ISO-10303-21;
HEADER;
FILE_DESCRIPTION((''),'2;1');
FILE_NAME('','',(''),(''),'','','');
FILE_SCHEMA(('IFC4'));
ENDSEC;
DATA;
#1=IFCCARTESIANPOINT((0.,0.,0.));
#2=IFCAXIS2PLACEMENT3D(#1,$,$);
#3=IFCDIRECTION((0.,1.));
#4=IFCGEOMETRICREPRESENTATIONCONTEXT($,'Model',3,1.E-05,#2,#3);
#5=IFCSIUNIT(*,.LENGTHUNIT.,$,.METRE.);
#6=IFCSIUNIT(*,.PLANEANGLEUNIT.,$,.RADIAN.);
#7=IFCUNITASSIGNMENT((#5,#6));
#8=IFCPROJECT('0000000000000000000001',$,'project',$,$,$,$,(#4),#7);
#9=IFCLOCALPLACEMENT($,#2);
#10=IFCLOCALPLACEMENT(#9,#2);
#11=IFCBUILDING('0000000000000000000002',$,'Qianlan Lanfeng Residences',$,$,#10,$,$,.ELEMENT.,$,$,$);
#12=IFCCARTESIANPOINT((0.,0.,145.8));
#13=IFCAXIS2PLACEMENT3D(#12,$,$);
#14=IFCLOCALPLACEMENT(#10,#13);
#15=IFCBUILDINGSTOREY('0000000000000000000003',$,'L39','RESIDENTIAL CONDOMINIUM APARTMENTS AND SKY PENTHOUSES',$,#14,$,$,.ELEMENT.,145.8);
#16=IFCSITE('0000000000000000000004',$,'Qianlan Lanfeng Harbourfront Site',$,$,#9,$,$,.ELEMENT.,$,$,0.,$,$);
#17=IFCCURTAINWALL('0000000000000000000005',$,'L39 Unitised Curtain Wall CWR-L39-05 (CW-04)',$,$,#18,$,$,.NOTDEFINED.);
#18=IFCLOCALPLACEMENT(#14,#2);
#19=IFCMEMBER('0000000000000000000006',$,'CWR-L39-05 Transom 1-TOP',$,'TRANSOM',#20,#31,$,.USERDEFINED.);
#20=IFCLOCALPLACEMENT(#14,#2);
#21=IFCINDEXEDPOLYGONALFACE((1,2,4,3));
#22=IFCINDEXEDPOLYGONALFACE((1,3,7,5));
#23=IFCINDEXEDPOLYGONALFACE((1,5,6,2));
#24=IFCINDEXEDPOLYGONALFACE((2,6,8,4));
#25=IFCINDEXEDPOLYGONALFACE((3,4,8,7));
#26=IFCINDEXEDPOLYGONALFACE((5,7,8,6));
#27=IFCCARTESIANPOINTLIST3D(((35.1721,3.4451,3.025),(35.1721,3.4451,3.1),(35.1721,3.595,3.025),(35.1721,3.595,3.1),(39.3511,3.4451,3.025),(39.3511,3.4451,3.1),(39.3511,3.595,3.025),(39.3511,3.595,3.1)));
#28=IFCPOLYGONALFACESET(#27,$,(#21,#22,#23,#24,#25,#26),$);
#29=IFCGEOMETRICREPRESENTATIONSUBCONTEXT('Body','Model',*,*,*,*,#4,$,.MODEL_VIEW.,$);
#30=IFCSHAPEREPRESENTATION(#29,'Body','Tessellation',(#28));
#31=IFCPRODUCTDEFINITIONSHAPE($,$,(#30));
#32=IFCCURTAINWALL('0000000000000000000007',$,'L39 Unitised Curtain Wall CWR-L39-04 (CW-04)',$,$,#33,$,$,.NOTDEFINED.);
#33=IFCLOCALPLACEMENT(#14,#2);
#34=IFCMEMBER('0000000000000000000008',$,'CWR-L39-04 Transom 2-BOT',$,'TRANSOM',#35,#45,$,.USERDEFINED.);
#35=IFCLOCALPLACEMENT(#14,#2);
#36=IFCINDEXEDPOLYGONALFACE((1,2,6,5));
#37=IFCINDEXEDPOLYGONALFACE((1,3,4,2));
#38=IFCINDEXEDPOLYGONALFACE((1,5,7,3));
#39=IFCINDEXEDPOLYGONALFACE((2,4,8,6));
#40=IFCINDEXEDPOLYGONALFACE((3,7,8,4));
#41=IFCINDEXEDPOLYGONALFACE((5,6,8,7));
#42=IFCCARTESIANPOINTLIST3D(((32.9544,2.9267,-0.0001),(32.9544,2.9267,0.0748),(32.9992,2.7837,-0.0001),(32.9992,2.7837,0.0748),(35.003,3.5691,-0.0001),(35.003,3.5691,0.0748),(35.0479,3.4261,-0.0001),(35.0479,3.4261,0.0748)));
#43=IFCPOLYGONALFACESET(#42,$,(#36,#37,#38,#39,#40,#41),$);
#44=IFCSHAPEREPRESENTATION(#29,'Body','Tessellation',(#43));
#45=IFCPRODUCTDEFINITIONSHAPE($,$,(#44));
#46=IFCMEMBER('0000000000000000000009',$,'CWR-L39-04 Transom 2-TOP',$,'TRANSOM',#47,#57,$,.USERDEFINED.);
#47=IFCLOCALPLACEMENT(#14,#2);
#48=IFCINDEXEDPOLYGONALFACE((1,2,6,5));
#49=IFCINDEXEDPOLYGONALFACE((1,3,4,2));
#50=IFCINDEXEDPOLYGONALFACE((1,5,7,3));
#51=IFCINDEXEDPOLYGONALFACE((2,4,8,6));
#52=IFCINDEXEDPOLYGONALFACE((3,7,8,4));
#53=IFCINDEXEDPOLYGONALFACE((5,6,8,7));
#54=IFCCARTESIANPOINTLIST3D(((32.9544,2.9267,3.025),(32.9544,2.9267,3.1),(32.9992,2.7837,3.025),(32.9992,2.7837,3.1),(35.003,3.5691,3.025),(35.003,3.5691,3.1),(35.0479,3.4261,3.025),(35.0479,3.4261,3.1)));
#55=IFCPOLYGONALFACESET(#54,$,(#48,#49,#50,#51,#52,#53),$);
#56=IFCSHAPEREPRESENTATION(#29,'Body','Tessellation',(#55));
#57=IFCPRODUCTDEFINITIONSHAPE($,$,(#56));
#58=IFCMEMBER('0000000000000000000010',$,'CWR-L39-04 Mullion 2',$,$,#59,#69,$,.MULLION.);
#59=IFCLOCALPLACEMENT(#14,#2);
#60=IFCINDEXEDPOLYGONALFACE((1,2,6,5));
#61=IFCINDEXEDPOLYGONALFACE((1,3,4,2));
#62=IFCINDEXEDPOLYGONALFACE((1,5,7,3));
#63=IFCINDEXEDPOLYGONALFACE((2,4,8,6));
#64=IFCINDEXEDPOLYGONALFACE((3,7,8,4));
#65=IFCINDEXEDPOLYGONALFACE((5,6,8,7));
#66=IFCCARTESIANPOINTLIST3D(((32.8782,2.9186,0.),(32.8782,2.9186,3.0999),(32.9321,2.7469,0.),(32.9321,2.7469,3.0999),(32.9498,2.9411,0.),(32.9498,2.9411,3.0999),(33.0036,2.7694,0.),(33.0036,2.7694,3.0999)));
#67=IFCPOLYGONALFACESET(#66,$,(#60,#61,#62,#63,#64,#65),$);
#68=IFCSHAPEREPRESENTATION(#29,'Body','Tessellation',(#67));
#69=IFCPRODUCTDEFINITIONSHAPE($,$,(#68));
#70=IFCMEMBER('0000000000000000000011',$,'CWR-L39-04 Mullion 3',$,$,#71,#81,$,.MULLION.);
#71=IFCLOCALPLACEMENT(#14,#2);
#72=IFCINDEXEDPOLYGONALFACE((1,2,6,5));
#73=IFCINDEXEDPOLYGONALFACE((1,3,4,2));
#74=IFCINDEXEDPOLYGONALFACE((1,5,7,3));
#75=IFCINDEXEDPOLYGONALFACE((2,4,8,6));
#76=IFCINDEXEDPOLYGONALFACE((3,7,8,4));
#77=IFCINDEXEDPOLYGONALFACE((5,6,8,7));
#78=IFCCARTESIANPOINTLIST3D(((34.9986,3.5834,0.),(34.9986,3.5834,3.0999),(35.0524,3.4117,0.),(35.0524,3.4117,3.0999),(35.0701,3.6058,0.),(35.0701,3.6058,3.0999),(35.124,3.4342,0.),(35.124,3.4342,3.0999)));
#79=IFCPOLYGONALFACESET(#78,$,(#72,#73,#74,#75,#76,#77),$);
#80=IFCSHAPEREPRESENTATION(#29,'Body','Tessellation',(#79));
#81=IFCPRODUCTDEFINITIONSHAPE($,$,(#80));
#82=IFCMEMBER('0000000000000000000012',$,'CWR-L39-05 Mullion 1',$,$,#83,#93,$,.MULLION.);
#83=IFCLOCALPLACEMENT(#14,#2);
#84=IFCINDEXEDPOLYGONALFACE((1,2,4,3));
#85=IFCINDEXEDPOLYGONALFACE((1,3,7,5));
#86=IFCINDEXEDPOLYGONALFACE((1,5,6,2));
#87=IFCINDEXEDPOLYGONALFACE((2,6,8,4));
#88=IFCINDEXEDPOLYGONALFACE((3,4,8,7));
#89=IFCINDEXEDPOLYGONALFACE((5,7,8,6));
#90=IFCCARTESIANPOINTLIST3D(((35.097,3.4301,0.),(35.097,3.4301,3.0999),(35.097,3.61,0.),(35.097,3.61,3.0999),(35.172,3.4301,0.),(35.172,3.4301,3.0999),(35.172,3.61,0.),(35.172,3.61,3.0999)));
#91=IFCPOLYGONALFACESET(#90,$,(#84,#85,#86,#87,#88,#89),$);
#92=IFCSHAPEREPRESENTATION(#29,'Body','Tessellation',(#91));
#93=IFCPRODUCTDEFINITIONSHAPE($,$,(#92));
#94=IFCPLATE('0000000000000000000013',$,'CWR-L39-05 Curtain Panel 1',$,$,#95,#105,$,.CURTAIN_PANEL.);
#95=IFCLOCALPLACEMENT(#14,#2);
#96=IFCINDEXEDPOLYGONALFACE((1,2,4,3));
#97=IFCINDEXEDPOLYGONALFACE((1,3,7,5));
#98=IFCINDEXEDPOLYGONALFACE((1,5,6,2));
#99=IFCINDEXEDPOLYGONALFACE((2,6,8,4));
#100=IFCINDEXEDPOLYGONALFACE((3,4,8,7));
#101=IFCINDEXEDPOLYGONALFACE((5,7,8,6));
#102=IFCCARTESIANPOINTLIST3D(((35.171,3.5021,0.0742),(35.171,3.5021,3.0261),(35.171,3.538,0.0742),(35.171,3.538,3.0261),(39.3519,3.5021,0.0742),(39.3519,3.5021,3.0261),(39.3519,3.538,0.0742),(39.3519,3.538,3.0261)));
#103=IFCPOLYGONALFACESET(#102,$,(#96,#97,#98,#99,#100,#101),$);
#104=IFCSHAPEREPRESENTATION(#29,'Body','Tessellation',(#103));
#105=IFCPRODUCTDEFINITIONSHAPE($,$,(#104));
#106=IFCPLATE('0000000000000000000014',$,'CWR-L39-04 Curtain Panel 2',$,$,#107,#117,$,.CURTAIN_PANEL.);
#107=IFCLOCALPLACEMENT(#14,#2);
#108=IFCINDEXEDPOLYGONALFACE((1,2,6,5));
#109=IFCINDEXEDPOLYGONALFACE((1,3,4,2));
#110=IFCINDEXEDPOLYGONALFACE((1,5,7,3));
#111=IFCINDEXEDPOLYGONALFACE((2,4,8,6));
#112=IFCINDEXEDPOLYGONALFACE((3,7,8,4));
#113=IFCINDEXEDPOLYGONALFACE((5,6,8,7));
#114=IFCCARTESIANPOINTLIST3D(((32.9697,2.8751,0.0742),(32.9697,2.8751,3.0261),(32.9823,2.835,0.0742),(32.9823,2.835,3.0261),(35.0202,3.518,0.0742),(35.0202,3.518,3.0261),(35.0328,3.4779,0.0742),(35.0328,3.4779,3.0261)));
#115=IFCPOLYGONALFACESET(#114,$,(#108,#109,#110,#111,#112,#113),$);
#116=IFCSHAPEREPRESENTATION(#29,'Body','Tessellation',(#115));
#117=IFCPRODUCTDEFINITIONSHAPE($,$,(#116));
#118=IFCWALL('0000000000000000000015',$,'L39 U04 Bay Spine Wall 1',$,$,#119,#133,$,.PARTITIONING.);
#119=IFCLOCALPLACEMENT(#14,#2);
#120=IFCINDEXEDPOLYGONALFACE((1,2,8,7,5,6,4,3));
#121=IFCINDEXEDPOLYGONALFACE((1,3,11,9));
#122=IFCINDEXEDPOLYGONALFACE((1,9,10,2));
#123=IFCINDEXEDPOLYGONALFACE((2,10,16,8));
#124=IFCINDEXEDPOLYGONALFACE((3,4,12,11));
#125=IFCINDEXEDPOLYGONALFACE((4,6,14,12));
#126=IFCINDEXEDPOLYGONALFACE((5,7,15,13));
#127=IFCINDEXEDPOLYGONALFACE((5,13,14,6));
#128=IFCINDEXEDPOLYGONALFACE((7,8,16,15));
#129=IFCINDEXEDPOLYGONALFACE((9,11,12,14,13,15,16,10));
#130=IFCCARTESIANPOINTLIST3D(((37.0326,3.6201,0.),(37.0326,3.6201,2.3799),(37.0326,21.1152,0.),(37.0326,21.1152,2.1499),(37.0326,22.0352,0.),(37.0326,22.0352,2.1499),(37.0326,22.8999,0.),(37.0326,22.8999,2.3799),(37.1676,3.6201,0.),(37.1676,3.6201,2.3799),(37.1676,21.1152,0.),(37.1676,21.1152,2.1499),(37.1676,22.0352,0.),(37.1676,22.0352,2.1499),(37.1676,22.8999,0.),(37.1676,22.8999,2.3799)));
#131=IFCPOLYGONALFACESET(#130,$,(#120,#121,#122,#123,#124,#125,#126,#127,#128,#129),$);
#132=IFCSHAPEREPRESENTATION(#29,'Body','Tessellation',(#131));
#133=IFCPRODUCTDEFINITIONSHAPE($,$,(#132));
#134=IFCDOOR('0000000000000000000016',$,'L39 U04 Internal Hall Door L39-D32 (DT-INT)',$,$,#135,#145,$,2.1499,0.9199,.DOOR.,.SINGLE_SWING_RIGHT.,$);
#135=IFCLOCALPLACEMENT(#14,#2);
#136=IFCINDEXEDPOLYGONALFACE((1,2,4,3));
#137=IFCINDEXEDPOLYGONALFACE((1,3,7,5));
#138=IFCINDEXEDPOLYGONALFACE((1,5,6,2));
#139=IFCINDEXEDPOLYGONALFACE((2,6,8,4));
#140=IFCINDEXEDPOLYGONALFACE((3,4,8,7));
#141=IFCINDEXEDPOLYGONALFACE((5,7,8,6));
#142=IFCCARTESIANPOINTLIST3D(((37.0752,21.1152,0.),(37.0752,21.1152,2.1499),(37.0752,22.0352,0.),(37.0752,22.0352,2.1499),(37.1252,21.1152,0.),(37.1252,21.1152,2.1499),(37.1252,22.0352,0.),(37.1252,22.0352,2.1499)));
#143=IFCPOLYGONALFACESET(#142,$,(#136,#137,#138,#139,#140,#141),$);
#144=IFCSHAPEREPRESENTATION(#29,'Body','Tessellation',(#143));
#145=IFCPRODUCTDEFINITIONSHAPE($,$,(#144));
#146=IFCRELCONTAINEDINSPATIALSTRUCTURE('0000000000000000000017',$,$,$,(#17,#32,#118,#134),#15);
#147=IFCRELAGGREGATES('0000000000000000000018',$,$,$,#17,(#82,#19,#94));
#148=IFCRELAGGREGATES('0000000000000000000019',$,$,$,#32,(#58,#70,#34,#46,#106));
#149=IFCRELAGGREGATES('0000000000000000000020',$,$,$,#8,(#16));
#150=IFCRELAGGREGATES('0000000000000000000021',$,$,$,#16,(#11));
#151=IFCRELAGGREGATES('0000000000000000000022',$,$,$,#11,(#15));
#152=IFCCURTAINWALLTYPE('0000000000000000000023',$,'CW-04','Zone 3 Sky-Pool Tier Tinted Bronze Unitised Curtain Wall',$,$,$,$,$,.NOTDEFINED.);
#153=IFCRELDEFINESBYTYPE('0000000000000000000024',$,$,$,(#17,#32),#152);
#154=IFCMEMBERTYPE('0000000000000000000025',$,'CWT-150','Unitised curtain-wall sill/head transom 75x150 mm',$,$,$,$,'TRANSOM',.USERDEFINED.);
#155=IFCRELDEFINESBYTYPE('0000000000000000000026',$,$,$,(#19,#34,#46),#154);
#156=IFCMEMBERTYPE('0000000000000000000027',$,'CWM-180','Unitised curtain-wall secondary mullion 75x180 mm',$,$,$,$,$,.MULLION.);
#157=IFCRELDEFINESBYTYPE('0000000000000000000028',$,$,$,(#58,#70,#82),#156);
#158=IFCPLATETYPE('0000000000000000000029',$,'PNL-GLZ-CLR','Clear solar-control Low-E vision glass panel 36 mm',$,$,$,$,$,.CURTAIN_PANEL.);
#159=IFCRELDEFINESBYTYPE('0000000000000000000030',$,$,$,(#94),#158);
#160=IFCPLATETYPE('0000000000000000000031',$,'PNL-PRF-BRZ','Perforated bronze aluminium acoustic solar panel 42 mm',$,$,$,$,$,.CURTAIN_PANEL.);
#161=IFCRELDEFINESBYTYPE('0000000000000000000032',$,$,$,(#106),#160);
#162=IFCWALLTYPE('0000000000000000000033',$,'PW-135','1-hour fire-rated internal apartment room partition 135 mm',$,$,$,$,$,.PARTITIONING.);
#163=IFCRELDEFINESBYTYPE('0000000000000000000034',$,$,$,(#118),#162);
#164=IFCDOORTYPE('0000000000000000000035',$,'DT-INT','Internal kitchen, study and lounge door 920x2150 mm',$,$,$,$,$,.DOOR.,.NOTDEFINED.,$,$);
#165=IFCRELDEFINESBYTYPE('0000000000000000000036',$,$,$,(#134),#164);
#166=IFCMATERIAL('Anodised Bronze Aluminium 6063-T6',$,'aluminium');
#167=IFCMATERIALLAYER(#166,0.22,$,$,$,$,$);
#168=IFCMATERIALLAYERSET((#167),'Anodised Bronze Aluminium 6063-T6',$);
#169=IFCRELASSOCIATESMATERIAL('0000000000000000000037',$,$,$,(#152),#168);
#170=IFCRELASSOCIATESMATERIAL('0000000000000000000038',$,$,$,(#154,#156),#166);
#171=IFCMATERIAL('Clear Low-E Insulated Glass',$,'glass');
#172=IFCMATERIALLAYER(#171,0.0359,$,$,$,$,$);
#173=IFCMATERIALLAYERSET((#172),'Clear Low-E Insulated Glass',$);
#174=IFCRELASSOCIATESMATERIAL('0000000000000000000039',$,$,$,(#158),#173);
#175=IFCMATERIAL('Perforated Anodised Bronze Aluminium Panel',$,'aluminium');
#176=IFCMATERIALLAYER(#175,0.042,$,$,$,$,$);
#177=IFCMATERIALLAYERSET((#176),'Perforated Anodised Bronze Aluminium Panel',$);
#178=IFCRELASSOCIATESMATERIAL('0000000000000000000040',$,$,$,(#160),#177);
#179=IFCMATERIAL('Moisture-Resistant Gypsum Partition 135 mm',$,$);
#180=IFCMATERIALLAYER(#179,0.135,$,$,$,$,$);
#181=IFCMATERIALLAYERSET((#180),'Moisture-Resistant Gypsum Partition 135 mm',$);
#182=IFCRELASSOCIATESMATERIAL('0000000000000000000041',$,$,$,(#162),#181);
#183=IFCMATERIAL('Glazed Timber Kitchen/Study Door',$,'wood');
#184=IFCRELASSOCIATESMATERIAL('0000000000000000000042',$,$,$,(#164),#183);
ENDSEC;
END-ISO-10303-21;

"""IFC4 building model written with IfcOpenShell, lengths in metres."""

from ifc_helpers import new_model, si_unit, direction, frame, frame_2d, origin, origin_2d, place, context, subcontext, project, spatial, rectangle, extrude, source, transform, mapped, material, layer, layer_set, material_profile, profile_set, type_object, element, fill, aggregate, save


model = new_model("IFC4")

# Units and contexts
model_context = context("Model", 3, precision=1e-05, world=origin(), true_north=direction((0.0, 1.0)))
body_context = subcontext(model_context, "Body", "Model", "MODEL_VIEW")
ifc_project = project(units=[si_unit("LENGTHUNIT", "METRE"), si_unit("PLANEANGLEUNIT", "RADIAN")], contexts=[model_context])

# Site, building, storey
site_placement = place(None, origin())
site = spatial("IfcSite", under=ifc_project, at=site_placement, Name="Qianlan Lanfeng Harbourfront Site", CompositionType="ELEMENT", RefElevation=0.0)
building_placement = place(site_placement, origin())
building = spatial("IfcBuilding", under=site, at=building_placement, Name="Qianlan Lanfeng Residences", CompositionType="ELEMENT")
storey_placement = place(building_placement, frame((0.0, 0.0, 145.8)))
storey = spatial("IfcBuildingStorey", under=building, at=storey_placement, Name="L39", Description="RESIDENTIAL CONDOMINIUM APARTMENTS AND SKY PENTHOUSES", CompositionType="ELEMENT", Elevation=145.8)

# Curtain walls, members
ifc_material_1 = material(Name="Anodised Bronze Aluminium 6063-T6", Category="aluminium")
ifc_layer_1 = layer(ifc_material_1, 0.22)
ifc_layer_set_1 = layer_set([ifc_layer_1], Name="Anodised Bronze Aluminium 6063-T6")
curtain_wall_type = type_object("IfcCurtainWallType", Name="CW-04", Description="Zone 3 Sky-Pool Tier Tinted Bronze Unitised Curtain Wall", PredefinedType="NOTDEFINED", material=ifc_layer_set_1)
curtain_wall_1_placement = place(storey_placement, origin())
curtain_wall_1 = element("IfcCurtainWall", 1, at=curtain_wall_1_placement, inside=storey, type_object=curtain_wall_type, Name="L39 Unitised Curtain Wall CWR-L39-05 (CW-04)", PredefinedType="NOTDEFINED")
ifc_material_profile_1 = material_profile(ifc_material_1, rectangle(XDim=0.075, YDim=0.1499, at=origin_2d()), Name="ALU TRANSOM 75x150")
ifc_profile_set_1 = profile_set([ifc_material_profile_1], Name="Anodised Bronze Aluminium 6063-T6")
member_type_1 = type_object("IfcMemberType", Name="CWT-150", Description="Unitised curtain-wall sill/head transom 75x150 mm", ElementType="TRANSOM", PredefinedType="USERDEFINED", material=ifc_profile_set_1)
shared_shape_1 = source(origin(), body_context, "Body", "SweptSolid", [
    extrude(rectangle(XDim=0.075, YDim=0.1499, at=origin_2d()), origin(), (0.0, 0.0, 1.0), 4.179),
])
member_1_placement = place(storey_placement, frame((35.1721, 3.52, 3.0625), z_axis=(1.0, 0.0, 0.0), x_axis=(0.0, 0.0, 1.0)))
member_1 = element("IfcMember", 2, at=member_1_placement, type_object=member_type_1, Name="CWR-L39-05 Transom 1-TOP", ObjectType="TRANSOM", PredefinedType="USERDEFINED", context=body_context, shape_type="MappedRepresentation", body=[
    mapped(shared_shape_1, transform((0.0, 0.0, 0.0), scale=1.0)),
])
curtain_wall_2_placement = place(storey_placement, origin())
curtain_wall_2 = element("IfcCurtainWall", 3, at=curtain_wall_2_placement, inside=storey, type_object=curtain_wall_type, Name="L39 Unitised Curtain Wall CWR-L39-04 (CW-04)", PredefinedType="NOTDEFINED")
shared_shape_2 = source(origin(), body_context, "Body", "SweptSolid", [
    extrude(rectangle(XDim=0.075, YDim=0.1499, at=origin_2d()), origin(), (0.0, 0.0, 1.0), 2.147),
])
member_2_placement = place(storey_placement, frame((32.9768, 2.8552, 0.0374), z_axis=(0.954194, 0.299188, 0.0), x_axis=(0.0, 0.0, 1.0)))
member_2 = element("IfcMember", 4, at=member_2_placement, type_object=member_type_1, Name="CWR-L39-04 Transom 2-BOT", ObjectType="TRANSOM", PredefinedType="USERDEFINED", context=body_context, shape_type="MappedRepresentation", body=[
    mapped(shared_shape_2, transform((0.0, 0.0, 0.0), scale=1.0)),
])
member_3_placement = place(storey_placement, frame((32.9768, 2.8552, 3.0625), z_axis=(0.954194, 0.299188, 0.0), x_axis=(0.0, 0.0, 1.0)))
member_3 = element("IfcMember", 5, at=member_3_placement, type_object=member_type_1, Name="CWR-L39-04 Transom 2-TOP", ObjectType="TRANSOM", PredefinedType="USERDEFINED", context=body_context, shape_type="MappedRepresentation", body=[
    mapped(shared_shape_2, transform((0.0, 0.0, 0.0), scale=1.0)),
])
ifc_material_profile_2 = material_profile(ifc_material_1, rectangle(XDim=0.075, YDim=0.1799, at=origin_2d()), Name="ALU MULLION 75x180")
ifc_profile_set_2 = profile_set([ifc_material_profile_2], Name="Anodised Bronze Aluminium 6063-T6")
member_type_2 = type_object("IfcMemberType", Name="CWM-180", Description="Unitised curtain-wall secondary mullion 75x180 mm", PredefinedType="MULLION", material=ifc_profile_set_2)
shared_shape_3 = source(origin(), body_context, "Body", "SweptSolid", [
    extrude(rectangle(XDim=0.075, YDim=0.1799, at=origin_2d()), origin(), (0.0, 0.0, 1.0), 3.0999),
])
member_4_placement = place(storey_placement, frame((32.9409, 2.844, 0.0), z_axis=(0.0, 0.0, 1.0), x_axis=(0.954196, 0.299182, 0.0)))
member_4 = element("IfcMember", 6, at=member_4_placement, type_object=member_type_2, Name="CWR-L39-04 Mullion 2", PredefinedType="MULLION", context=body_context, shape_type="MappedRepresentation", body=[
    mapped(shared_shape_3, transform((0.0, 0.0, 0.0), scale=1.0)),
])
member_5_placement = place(storey_placement, frame((35.0613, 3.5088, 0.0), z_axis=(0.0, 0.0, 1.0), x_axis=(0.954196, 0.299182, 0.0)))
member_5 = element("IfcMember", 7, at=member_5_placement, type_object=member_type_2, Name="CWR-L39-04 Mullion 3", PredefinedType="MULLION", context=body_context, shape_type="MappedRepresentation", body=[
    mapped(shared_shape_3, transform((0.0, 0.0, 0.0), scale=1.0)),
])

# Member
member_6_placement = place(storey_placement, frame((35.1345, 3.52, 0.0), z_axis=(0.0, 0.0, 1.0), x_axis=(1.0, 0.0, 0.0)))
member_6 = element("IfcMember", 8, at=member_6_placement, type_object=member_type_2, Name="CWR-L39-05 Mullion 1", PredefinedType="MULLION", context=body_context, shape_type="MappedRepresentation", body=[
    mapped(shared_shape_3, transform((0.0, 0.0, 0.0), scale=1.0)),
])

# Plates
ifc_material_2 = material(Name="Clear Low-E Insulated Glass", Category="glass")
ifc_layer_2 = layer(ifc_material_2, 0.0359)
ifc_layer_set_2 = layer_set([ifc_layer_2], Name="Clear Low-E Insulated Glass")
plate_type_1 = type_object("IfcPlateType", Name="PNL-GLZ-CLR", Description="Clear solar-control Low-E vision glass panel 36 mm", PredefinedType="CURTAIN_PANEL", material=ifc_layer_set_2)
shared_shape_4 = source(origin(), body_context, "Body", "SweptSolid", [
    extrude(rectangle(XDim=4.1809, YDim=0.0359, at=origin_2d()), origin(), (0.0, 0.0, 1.0), 2.9519),
])
plate_1_placement = place(storey_placement, frame((37.2615, 3.52, 0.0742), z_axis=(0.0, 0.0, 1.0), x_axis=(1.0, 0.0, 0.0)))
plate_1 = element("IfcPlate", 9, at=plate_1_placement, type_object=plate_type_1, Name="CWR-L39-05 Curtain Panel 1", PredefinedType="CURTAIN_PANEL", context=body_context, shape_type="MappedRepresentation", body=[
    mapped(shared_shape_4, transform((0.0, 0.0, 0.0), scale=1.0)),
])
aggregate(curtain_wall_1, [member_6, member_1, plate_1])
ifc_material_3 = material(Name="Perforated Anodised Bronze Aluminium Panel", Category="aluminium")
ifc_layer_3 = layer(ifc_material_3, 0.042)
ifc_layer_set_3 = layer_set([ifc_layer_3], Name="Perforated Anodised Bronze Aluminium Panel")
plate_type_2 = type_object("IfcPlateType", Name="PNL-PRF-BRZ", Description="Perforated bronze aluminium acoustic solar panel 42 mm", PredefinedType="CURTAIN_PANEL", material=ifc_layer_set_3)
shared_shape_5 = source(origin(), body_context, "Body", "SweptSolid", [
    extrude(rectangle(XDim=2.1489, YDim=0.042, at=origin_2d()), origin(), (0.0, 0.0, 1.0), 2.9519),
])
plate_2_placement = place(storey_placement, frame((34.0012, 3.1765, 0.0742), z_axis=(0.0, 0.0, 1.0), x_axis=(0.954196, 0.299182, 0.0)))
plate_2 = element("IfcPlate", 10, at=plate_2_placement, type_object=plate_type_2, Name="CWR-L39-04 Curtain Panel 2", PredefinedType="CURTAIN_PANEL", context=body_context, shape_type="MappedRepresentation", body=[
    mapped(shared_shape_5, transform((0.0, 0.0, 0.0), scale=1.0)),
])
aggregate(curtain_wall_2, [member_4, member_5, member_2, member_3, plate_2])

# Wall, opening, door
ifc_material_4 = material(Name="Moisture-Resistant Gypsum Partition 135 mm")
ifc_layer_4 = layer(ifc_material_4, 0.135)
ifc_layer_set_4 = layer_set([ifc_layer_4], Name="Moisture-Resistant Gypsum Partition 135 mm")
wall_type = type_object("IfcWallType", Name="PW-135", Description="1-hour fire-rated internal apartment room partition 135 mm", PredefinedType="PARTITIONING", material=ifc_layer_set_4)
wall_1_placement = place(storey_placement, frame((37.1001, 3.6201, 0.0), z_axis=(0.0, 0.0, 1.0), x_axis=(0.0, 1.0, 0.0)))
wall_1 = element("IfcWall", 11, at=wall_1_placement, inside=storey, type_object=wall_type, Name="L39 U04 Bay Spine Wall 1", PredefinedType="PARTITIONING", context=body_context, shape_type="SweptSolid", body=[
    extrude(rectangle(XDim=19.2798, YDim=0.135, at=frame_2d((9.6399, 0.0))), origin(), (0.0, 0.0, 1.0), 2.3799),
])
opening_1_placement = place(wall_1_placement, frame((17.4951, 0.0, 0.0)))
opening_1 = element("IfcOpeningElement", 12, at=opening_1_placement, cuts=wall_1, PredefinedType="OPENING", context=body_context, shape_type="SweptSolid", body=[
    extrude(rectangle(XDim=0.9199, YDim=2.1499, at=frame_2d((0.46, 1.075))), frame((0.0, 0.0776, 0.0), z_axis=(0.0, -1.0, 0.0), x_axis=(1.0, 0.0, 0.0)), (0.0, 0.0, 1.0), 0.155),
])
ifc_material_5 = material(Name="Glazed Timber Kitchen/Study Door", Category="wood")
door_type_1 = type_object("IfcDoorType", Name="DT-INT", Description="Internal kitchen, study and lounge door 920x2150 mm", OperationType="NOTDEFINED", PredefinedType="DOOR", material=ifc_material_5)
door_1_placement = place(opening_1_placement, origin())
door_1 = element("IfcDoor", 13, at=door_1_placement, inside=storey, type_object=door_type_1, Name="L39 U04 Internal Hall Door L39-D32 (DT-INT)", OperationType="SINGLE_SWING_RIGHT", OverallHeight=2.1499, OverallWidth=0.9199, PredefinedType="DOOR", context=body_context, shape_type="SweptSolid", body=[
    extrude(rectangle(XDim=0.9199, YDim=2.1499, at=frame_2d((0.46, 1.075))), frame((0.0, 0.0249, 0.0), z_axis=(0.0, -1.0, 0.0), x_axis=(1.0, 0.0, 0.0)), (0.0, 0.0, 1.0), 0.05),
])
fill(opening_1, door_1)

save(model, "model.ifc")
